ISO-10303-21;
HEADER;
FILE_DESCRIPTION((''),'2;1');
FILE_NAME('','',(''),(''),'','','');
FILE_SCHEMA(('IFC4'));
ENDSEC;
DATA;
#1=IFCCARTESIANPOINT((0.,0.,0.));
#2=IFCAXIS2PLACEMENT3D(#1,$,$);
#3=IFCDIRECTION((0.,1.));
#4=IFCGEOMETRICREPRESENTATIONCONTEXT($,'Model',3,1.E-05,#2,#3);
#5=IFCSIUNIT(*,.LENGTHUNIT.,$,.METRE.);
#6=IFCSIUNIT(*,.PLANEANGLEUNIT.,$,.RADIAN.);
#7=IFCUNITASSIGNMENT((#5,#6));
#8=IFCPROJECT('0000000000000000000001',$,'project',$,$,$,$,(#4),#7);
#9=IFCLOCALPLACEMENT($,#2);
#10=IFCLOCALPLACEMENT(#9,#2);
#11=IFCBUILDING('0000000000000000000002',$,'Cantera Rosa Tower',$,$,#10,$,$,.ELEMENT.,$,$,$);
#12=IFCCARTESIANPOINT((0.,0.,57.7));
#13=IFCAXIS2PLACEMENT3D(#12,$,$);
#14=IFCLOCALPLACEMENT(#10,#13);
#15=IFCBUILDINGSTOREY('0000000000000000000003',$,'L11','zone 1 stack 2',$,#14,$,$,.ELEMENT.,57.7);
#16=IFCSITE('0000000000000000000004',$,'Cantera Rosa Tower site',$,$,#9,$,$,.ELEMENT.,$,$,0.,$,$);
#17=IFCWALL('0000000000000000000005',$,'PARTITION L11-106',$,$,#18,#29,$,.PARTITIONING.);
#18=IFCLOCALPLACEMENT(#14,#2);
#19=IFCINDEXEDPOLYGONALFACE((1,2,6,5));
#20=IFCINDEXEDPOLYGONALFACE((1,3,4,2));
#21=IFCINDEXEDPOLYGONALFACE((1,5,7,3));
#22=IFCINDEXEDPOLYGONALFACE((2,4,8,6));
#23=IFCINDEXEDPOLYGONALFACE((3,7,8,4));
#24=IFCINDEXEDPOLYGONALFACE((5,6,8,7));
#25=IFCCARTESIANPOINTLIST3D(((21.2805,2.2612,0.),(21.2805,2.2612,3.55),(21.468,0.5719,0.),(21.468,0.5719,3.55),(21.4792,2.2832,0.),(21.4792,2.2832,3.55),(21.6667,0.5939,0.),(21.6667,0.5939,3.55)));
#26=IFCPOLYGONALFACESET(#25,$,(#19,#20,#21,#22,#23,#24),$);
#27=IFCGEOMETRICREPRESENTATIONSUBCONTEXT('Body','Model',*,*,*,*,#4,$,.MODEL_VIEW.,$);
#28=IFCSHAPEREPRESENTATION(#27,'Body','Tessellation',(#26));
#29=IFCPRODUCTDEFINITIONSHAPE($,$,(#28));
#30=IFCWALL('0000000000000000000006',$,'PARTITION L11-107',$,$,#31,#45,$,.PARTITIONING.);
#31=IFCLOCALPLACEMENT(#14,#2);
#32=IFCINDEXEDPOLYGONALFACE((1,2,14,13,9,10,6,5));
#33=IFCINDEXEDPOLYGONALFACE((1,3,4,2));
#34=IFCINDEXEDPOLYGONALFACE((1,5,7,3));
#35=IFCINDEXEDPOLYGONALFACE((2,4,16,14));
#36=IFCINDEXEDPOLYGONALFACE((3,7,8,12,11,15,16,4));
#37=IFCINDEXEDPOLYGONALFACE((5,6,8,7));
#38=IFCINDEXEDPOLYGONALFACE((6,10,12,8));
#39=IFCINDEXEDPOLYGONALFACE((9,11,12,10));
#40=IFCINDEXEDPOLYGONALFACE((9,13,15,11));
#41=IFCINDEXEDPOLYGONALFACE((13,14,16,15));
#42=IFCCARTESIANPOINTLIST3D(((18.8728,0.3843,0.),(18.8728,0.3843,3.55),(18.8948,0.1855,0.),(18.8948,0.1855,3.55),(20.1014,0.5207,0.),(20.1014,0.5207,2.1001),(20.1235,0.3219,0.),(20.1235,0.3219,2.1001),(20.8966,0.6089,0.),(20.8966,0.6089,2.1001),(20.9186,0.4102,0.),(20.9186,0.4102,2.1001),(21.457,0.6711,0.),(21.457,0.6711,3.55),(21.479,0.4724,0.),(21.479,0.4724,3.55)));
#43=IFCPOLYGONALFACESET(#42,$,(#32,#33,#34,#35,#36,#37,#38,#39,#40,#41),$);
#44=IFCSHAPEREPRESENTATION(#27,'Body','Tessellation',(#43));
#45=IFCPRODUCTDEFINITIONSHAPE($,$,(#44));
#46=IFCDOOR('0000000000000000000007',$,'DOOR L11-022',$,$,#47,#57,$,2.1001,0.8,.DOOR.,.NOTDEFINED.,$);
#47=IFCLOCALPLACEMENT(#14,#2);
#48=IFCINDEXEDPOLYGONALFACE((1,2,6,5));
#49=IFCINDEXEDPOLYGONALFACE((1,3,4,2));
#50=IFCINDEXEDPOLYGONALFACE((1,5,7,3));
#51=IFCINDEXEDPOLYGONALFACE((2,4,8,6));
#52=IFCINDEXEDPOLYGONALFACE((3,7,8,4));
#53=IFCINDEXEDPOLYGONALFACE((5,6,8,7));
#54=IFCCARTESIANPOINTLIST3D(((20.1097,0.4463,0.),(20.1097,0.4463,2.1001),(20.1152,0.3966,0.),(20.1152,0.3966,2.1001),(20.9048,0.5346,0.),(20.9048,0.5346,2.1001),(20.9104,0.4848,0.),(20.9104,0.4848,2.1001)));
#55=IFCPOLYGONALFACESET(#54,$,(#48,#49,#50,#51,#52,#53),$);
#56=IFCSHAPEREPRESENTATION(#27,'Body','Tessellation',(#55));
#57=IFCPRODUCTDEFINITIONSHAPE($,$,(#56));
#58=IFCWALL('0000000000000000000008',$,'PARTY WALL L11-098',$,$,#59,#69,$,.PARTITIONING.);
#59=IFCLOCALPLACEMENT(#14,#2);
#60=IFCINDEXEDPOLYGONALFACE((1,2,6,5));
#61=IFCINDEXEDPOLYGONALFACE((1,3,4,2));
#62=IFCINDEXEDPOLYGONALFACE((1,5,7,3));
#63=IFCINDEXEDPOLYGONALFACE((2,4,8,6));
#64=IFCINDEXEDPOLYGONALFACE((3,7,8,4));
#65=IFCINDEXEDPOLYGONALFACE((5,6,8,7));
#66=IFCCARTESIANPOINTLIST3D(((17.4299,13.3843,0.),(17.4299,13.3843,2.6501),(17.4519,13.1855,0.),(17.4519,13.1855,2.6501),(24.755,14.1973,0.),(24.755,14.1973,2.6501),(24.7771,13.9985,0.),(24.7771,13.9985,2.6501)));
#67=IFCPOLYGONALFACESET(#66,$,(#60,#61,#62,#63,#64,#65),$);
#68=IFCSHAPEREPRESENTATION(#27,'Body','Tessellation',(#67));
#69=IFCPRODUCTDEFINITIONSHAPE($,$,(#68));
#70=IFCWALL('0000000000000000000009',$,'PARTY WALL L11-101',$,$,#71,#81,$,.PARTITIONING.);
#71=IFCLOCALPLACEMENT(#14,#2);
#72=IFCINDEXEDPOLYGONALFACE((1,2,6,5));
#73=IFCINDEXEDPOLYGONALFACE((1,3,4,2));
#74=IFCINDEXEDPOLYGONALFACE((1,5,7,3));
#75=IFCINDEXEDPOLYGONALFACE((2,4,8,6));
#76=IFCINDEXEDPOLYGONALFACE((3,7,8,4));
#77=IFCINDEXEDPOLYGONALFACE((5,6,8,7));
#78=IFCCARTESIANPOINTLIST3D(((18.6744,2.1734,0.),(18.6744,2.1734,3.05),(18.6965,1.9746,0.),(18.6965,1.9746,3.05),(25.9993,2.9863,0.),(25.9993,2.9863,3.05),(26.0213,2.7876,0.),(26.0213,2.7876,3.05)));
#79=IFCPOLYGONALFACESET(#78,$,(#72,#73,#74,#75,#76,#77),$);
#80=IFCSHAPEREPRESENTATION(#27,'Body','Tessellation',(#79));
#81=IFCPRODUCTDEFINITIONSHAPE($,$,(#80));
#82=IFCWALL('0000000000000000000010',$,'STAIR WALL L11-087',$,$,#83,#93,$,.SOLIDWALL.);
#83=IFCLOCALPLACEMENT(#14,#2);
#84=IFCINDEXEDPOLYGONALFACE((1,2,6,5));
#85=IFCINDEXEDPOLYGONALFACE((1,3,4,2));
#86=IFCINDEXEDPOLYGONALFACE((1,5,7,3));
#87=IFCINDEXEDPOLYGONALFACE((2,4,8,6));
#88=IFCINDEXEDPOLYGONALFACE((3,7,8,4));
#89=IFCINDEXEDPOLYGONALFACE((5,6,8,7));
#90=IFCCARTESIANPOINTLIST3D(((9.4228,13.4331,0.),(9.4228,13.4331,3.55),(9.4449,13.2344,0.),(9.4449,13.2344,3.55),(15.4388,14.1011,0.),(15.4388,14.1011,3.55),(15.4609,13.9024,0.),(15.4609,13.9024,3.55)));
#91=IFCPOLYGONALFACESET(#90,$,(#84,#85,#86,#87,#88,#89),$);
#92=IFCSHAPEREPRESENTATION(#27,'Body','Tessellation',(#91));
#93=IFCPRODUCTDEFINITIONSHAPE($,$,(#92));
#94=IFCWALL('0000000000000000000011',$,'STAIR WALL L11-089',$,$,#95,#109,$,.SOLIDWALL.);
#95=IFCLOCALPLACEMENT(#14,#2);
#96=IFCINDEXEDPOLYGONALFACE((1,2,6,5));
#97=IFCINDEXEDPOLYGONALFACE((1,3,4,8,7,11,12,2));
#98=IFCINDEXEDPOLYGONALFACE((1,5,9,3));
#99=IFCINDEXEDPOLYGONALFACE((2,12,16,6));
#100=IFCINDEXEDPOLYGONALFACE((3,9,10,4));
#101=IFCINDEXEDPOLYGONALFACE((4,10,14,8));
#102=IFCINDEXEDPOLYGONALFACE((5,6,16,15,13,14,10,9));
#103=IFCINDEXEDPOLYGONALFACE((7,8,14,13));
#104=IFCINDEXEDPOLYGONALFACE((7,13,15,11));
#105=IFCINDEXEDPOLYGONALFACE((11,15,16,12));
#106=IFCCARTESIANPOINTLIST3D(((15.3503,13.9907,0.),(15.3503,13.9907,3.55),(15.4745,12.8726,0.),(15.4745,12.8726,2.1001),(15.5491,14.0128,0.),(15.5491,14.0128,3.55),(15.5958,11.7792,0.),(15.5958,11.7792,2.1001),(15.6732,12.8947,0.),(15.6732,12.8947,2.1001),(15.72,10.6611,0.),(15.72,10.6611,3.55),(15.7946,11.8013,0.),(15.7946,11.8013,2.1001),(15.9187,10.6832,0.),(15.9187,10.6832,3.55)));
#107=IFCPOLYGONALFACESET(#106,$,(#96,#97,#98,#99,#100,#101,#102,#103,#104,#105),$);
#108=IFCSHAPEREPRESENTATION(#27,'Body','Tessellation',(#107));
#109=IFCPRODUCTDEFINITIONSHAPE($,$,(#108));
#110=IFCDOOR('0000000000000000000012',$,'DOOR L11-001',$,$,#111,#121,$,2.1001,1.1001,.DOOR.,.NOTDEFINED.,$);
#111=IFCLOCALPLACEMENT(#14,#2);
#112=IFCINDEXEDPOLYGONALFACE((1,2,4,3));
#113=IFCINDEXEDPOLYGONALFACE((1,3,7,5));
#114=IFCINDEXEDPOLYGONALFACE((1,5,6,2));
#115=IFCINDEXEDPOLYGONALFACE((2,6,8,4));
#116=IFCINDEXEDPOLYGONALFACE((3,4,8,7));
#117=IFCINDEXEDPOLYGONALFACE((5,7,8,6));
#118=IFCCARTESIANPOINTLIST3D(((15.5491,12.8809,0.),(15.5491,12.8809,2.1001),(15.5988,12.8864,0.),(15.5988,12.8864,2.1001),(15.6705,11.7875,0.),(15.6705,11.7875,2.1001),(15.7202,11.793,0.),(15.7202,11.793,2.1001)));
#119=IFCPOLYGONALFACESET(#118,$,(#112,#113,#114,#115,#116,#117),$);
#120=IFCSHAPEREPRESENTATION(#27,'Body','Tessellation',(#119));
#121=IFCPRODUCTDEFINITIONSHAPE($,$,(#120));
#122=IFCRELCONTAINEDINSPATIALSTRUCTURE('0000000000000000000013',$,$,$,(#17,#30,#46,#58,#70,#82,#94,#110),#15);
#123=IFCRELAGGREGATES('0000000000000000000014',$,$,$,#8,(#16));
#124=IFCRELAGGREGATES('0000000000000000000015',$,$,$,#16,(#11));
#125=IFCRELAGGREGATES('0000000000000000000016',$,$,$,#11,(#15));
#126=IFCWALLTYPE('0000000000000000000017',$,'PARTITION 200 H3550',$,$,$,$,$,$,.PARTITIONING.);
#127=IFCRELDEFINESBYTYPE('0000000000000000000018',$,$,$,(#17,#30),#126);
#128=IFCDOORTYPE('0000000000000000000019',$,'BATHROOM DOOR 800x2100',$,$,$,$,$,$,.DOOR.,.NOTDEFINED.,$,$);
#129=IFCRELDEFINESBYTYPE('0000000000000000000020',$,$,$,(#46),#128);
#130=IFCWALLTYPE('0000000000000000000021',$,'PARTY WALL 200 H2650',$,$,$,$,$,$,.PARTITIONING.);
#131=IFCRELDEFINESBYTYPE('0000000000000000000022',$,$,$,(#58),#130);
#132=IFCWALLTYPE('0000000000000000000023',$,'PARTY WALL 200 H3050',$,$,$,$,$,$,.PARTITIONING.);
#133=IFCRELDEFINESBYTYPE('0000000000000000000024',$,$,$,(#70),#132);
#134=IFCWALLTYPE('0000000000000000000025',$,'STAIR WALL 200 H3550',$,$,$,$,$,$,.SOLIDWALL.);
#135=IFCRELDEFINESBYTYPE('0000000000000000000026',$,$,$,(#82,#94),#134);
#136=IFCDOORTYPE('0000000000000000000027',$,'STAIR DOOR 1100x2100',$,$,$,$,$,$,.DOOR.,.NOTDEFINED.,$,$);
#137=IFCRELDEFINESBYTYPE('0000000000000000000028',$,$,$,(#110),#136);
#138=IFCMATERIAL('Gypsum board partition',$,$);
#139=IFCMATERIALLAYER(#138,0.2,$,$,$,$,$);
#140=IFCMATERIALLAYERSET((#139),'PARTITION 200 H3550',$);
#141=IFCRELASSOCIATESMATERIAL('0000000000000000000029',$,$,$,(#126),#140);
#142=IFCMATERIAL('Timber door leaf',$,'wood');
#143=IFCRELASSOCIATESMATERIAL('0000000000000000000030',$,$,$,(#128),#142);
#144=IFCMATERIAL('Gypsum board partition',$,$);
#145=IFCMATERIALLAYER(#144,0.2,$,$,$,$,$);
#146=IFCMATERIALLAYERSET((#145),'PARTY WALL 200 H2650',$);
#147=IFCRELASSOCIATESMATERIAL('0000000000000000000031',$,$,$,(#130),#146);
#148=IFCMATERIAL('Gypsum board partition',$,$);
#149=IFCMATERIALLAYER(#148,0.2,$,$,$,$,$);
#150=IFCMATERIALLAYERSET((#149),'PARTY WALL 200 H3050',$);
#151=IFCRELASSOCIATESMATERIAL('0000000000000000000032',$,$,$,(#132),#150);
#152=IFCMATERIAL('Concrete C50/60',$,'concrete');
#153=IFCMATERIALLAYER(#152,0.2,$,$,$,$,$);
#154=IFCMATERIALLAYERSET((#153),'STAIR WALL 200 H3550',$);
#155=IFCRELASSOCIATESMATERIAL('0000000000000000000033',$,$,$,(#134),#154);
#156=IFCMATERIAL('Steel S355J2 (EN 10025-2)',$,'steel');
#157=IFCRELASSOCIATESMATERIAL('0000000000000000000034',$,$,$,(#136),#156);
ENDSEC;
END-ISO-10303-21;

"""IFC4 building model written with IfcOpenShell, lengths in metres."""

from ifc_helpers import new_model, si_unit, direction, frame, frame_2d, origin, place, context, subcontext, project, spatial, rectangle, extrude, material, layer, layer_set, type_object, element, fill, save


model = new_model("IFC4")

# Units and contexts
model_context = context("Model", 3, precision=1e-05, world=origin(), true_north=direction((0.0, 1.0)))
body_context = subcontext(model_context, "Body", "Model", "MODEL_VIEW")
ifc_project = project(units=[si_unit("LENGTHUNIT", "METRE"), si_unit("PLANEANGLEUNIT", "RADIAN")], contexts=[model_context])

# Site, building, storey
site_placement = place(None, origin())
site = spatial("IfcSite", under=ifc_project, at=site_placement, Name="Cantera Rosa Tower site", CompositionType="ELEMENT", RefElevation=0.0)
building_placement = place(site_placement, origin())
building = spatial("IfcBuilding", under=site, at=building_placement, Name="Cantera Rosa Tower", CompositionType="ELEMENT")
storey_placement = place(building_placement, frame((0.0, 0.0, 57.7)))
storey = spatial("IfcBuildingStorey", under=building, at=storey_placement, Name="L11", Description="zone 1 stack 2", CompositionType="ELEMENT", Elevation=57.7)

# Wall
ifc_material_1 = material(Name="Gypsum board partition")
ifc_layer_1 = layer(ifc_material_1, 0.2)
ifc_layer_set_1 = layer_set([ifc_layer_1], Name="PARTITION 200 H3550")
wall_type_1 = type_object("IfcWallType", Name="PARTITION 200 H3550", PredefinedType="PARTITIONING", material=ifc_layer_set_1)
wall_1_placement = place(storey_placement, frame((21.3799, 2.2722, 0.0), z_axis=(0.0, 0.0, 1.0), x_axis=(0.110305, -0.993898, 0.0)))
element("IfcWall", 1, at=wall_1_placement, inside=storey, type_object=wall_type_1, Name="PARTITION L11-106", PredefinedType="PARTITIONING", context=body_context, shape_type="SweptSolid", body=[
    extrude(rectangle(XDim=1.6997, YDim=0.2, at=frame_2d((0.8499, 0.0))), origin(), (0.0, 0.0, 1.0), 3.55),
])

# Wall, opening, door
wall_2_placement = place(storey_placement, frame((21.468, 0.5718, 0.0), z_axis=(0.0, 0.0, 1.0), x_axis=(-0.993895, -0.110328, 0.0)))
wall_2 = element("IfcWall", 2, at=wall_2_placement, inside=storey, type_object=wall_type_1, Name="PARTITION L11-107", PredefinedType="PARTITIONING", context=body_context, shape_type="SweptSolid", body=[
    extrude(rectangle(XDim=2.6001, YDim=0.2, at=frame_2d((1.3, 0.0))), origin(), (0.0, 0.0, 1.0), 3.55),
])
opening_1_placement = place(wall_2_placement, frame((0.564, 0.0, 0.0)))
opening_1 = element("IfcOpeningElement", 3, at=opening_1_placement, cuts=wall_2, PredefinedType="OPENING", context=body_context, shape_type="SweptSolid", body=[
    extrude(rectangle(XDim=0.8, YDim=2.1001, at=frame_2d((0.3999, 1.05))), frame((0.0, 0.1099, 0.0), z_axis=(0.0, -1.0, 0.0), x_axis=(1.0, 0.0, 0.0)), (0.0, 0.0, 1.0), 0.22),
])
ifc_material_2 = material(Name="Timber door leaf", Category="wood")
door_type_1 = type_object("IfcDoorType", Name="BATHROOM DOOR 800x2100", OperationType="NOTDEFINED", PredefinedType="DOOR", material=ifc_material_2)
door_1_placement = place(opening_1_placement, origin())
door_1 = element("IfcDoor", 4, at=door_1_placement, inside=storey, type_object=door_type_1, Name="DOOR L11-022", OperationType="NOTDEFINED", OverallHeight=2.1001, OverallWidth=0.8, PredefinedType="DOOR", context=body_context, shape_type="SweptSolid", body=[
    extrude(rectangle(XDim=0.8, YDim=2.1001, at=frame_2d((0.3999, 1.05))), frame((0.0, 0.0249, 0.0), z_axis=(0.0, -1.0, 0.0), x_axis=(1.0, 0.0, 0.0)), (0.0, 0.0, 1.0), 0.05),
])
fill(opening_1, door_1)

# Walls
ifc_material_3 = material(Name="Gypsum board partition")
ifc_layer_2 = layer(ifc_material_3, 0.2)
ifc_layer_set_2 = layer_set([ifc_layer_2], Name="PARTY WALL 200 H2650")
wall_type_2 = type_object("IfcWallType", Name="PARTY WALL 200 H2650", PredefinedType="PARTITIONING", material=ifc_layer_set_2)
wall_3_placement = place(storey_placement, frame((17.4409, 13.2849, 0.0), z_axis=(0.0, 0.0, 1.0), x_axis=(0.993897, 0.110308, 0.0)))
element("IfcWall", 5, at=wall_3_placement, inside=storey, type_object=wall_type_2, Name="PARTY WALL L11-098", PredefinedType="PARTITIONING", context=body_context, shape_type="SweptSolid", body=[
    extrude(rectangle(XDim=7.3701, YDim=0.2, at=frame_2d((3.6851, 0.0))), origin(), (0.0, 0.0, 1.0), 2.6501),
])
ifc_material_4 = material(Name="Gypsum board partition")
ifc_layer_3 = layer(ifc_material_4, 0.2)
ifc_layer_set_3 = layer_set([ifc_layer_3], Name="PARTY WALL 200 H3050")
wall_type_3 = type_object("IfcWallType", Name="PARTY WALL 200 H3050", PredefinedType="PARTITIONING", material=ifc_layer_set_3)
wall_4_placement = place(storey_placement, frame((18.6853, 2.074, 0.0), z_axis=(0.0, 0.0, 1.0), x_axis=(0.993897, 0.110312, 0.0)))
element("IfcWall", 6, at=wall_4_placement, inside=storey, type_object=wall_type_3, Name="PARTY WALL L11-101", PredefinedType="PARTITIONING", context=body_context, shape_type="SweptSolid", body=[
    extrude(rectangle(XDim=7.3699, YDim=0.2, at=frame_2d((3.6851, 0.0))), origin(), (0.0, 0.0, 1.0), 3.05),
])
ifc_material_5 = material(Name="Concrete C50/60", Category="concrete")
ifc_layer_4 = layer(ifc_material_5, 0.2)
ifc_layer_set_4 = layer_set([ifc_layer_4], Name="STAIR WALL 200 H3550")
wall_type_4 = type_object("IfcWallType", Name="STAIR WALL 200 H3550", PredefinedType="SOLIDWALL", material=ifc_layer_set_4)
wall_5_placement = place(storey_placement, frame((15.4497, 14.0017, 0.0), z_axis=(0.0, 0.0, 1.0), x_axis=(-0.993893, -0.110352, 0.0)))
element("IfcWall", 7, at=wall_5_placement, inside=storey, type_object=wall_type_4, Name="STAIR WALL L11-087", PredefinedType="SOLIDWALL", context=body_context, shape_type="SweptSolid", body=[
    extrude(rectangle(XDim=6.053, YDim=0.2, at=frame_2d((3.0264, 0.0))), origin(), (0.0, 0.0, 1.0), 3.55),
])

# Wall, opening, door
wall_6_placement = place(storey_placement, frame((15.8193, 10.6721, 0.0), z_axis=(0.0, 0.0, 1.0), x_axis=(-0.110336, 0.993894, 0.0)))
wall_6 = element("IfcWall", 8, at=wall_6_placement, inside=storey, type_object=wall_type_4, Name="STAIR WALL L11-089", PredefinedType="SOLIDWALL", context=body_context, shape_type="SweptSolid", body=[
    extrude(rectangle(XDim=3.3501, YDim=0.2, at=frame_2d((1.675, 0.0))), origin(), (0.0, 0.0, 1.0), 3.55),
])
opening_2_placement = place(wall_6_placement, frame((1.125, 0.0, 0.0)))
opening_2 = element("IfcOpeningElement", 9, at=opening_2_placement, cuts=wall_6, PredefinedType="OPENING", context=body_context, shape_type="SweptSolid", body=[
    extrude(rectangle(XDim=1.1001, YDim=2.1001, at=frame_2d((0.55, 1.05))), frame((0.0, 0.1099, 0.0), z_axis=(0.0, -1.0, 0.0), x_axis=(1.0, 0.0, 0.0)), (0.0, 0.0, 1.0), 0.22),
])
ifc_material_6 = material(Name="Steel S355J2 (EN 10025-2)", Category="steel")
door_type_2 = type_object("IfcDoorType", Name="STAIR DOOR 1100x2100", OperationType="NOTDEFINED", PredefinedType="DOOR", material=ifc_material_6)
door_2_placement = place(opening_2_placement, origin())
door_2 = element("IfcDoor", 10, at=door_2_placement, inside=storey, type_object=door_type_2, Name="DOOR L11-001", OperationType="NOTDEFINED", OverallHeight=2.1001, OverallWidth=1.1001, PredefinedType="DOOR", context=body_context, shape_type="SweptSolid", body=[
    extrude(rectangle(XDim=1.1001, YDim=2.1001, at=frame_2d((0.55, 1.05))), frame((0.0, 0.0249, 0.0), z_axis=(0.0, -1.0, 0.0), x_axis=(1.0, 0.0, 0.0)), (0.0, 0.0, 1.0), 0.05),
])
fill(opening_2, door_2)

save(model, "model.ifc")
